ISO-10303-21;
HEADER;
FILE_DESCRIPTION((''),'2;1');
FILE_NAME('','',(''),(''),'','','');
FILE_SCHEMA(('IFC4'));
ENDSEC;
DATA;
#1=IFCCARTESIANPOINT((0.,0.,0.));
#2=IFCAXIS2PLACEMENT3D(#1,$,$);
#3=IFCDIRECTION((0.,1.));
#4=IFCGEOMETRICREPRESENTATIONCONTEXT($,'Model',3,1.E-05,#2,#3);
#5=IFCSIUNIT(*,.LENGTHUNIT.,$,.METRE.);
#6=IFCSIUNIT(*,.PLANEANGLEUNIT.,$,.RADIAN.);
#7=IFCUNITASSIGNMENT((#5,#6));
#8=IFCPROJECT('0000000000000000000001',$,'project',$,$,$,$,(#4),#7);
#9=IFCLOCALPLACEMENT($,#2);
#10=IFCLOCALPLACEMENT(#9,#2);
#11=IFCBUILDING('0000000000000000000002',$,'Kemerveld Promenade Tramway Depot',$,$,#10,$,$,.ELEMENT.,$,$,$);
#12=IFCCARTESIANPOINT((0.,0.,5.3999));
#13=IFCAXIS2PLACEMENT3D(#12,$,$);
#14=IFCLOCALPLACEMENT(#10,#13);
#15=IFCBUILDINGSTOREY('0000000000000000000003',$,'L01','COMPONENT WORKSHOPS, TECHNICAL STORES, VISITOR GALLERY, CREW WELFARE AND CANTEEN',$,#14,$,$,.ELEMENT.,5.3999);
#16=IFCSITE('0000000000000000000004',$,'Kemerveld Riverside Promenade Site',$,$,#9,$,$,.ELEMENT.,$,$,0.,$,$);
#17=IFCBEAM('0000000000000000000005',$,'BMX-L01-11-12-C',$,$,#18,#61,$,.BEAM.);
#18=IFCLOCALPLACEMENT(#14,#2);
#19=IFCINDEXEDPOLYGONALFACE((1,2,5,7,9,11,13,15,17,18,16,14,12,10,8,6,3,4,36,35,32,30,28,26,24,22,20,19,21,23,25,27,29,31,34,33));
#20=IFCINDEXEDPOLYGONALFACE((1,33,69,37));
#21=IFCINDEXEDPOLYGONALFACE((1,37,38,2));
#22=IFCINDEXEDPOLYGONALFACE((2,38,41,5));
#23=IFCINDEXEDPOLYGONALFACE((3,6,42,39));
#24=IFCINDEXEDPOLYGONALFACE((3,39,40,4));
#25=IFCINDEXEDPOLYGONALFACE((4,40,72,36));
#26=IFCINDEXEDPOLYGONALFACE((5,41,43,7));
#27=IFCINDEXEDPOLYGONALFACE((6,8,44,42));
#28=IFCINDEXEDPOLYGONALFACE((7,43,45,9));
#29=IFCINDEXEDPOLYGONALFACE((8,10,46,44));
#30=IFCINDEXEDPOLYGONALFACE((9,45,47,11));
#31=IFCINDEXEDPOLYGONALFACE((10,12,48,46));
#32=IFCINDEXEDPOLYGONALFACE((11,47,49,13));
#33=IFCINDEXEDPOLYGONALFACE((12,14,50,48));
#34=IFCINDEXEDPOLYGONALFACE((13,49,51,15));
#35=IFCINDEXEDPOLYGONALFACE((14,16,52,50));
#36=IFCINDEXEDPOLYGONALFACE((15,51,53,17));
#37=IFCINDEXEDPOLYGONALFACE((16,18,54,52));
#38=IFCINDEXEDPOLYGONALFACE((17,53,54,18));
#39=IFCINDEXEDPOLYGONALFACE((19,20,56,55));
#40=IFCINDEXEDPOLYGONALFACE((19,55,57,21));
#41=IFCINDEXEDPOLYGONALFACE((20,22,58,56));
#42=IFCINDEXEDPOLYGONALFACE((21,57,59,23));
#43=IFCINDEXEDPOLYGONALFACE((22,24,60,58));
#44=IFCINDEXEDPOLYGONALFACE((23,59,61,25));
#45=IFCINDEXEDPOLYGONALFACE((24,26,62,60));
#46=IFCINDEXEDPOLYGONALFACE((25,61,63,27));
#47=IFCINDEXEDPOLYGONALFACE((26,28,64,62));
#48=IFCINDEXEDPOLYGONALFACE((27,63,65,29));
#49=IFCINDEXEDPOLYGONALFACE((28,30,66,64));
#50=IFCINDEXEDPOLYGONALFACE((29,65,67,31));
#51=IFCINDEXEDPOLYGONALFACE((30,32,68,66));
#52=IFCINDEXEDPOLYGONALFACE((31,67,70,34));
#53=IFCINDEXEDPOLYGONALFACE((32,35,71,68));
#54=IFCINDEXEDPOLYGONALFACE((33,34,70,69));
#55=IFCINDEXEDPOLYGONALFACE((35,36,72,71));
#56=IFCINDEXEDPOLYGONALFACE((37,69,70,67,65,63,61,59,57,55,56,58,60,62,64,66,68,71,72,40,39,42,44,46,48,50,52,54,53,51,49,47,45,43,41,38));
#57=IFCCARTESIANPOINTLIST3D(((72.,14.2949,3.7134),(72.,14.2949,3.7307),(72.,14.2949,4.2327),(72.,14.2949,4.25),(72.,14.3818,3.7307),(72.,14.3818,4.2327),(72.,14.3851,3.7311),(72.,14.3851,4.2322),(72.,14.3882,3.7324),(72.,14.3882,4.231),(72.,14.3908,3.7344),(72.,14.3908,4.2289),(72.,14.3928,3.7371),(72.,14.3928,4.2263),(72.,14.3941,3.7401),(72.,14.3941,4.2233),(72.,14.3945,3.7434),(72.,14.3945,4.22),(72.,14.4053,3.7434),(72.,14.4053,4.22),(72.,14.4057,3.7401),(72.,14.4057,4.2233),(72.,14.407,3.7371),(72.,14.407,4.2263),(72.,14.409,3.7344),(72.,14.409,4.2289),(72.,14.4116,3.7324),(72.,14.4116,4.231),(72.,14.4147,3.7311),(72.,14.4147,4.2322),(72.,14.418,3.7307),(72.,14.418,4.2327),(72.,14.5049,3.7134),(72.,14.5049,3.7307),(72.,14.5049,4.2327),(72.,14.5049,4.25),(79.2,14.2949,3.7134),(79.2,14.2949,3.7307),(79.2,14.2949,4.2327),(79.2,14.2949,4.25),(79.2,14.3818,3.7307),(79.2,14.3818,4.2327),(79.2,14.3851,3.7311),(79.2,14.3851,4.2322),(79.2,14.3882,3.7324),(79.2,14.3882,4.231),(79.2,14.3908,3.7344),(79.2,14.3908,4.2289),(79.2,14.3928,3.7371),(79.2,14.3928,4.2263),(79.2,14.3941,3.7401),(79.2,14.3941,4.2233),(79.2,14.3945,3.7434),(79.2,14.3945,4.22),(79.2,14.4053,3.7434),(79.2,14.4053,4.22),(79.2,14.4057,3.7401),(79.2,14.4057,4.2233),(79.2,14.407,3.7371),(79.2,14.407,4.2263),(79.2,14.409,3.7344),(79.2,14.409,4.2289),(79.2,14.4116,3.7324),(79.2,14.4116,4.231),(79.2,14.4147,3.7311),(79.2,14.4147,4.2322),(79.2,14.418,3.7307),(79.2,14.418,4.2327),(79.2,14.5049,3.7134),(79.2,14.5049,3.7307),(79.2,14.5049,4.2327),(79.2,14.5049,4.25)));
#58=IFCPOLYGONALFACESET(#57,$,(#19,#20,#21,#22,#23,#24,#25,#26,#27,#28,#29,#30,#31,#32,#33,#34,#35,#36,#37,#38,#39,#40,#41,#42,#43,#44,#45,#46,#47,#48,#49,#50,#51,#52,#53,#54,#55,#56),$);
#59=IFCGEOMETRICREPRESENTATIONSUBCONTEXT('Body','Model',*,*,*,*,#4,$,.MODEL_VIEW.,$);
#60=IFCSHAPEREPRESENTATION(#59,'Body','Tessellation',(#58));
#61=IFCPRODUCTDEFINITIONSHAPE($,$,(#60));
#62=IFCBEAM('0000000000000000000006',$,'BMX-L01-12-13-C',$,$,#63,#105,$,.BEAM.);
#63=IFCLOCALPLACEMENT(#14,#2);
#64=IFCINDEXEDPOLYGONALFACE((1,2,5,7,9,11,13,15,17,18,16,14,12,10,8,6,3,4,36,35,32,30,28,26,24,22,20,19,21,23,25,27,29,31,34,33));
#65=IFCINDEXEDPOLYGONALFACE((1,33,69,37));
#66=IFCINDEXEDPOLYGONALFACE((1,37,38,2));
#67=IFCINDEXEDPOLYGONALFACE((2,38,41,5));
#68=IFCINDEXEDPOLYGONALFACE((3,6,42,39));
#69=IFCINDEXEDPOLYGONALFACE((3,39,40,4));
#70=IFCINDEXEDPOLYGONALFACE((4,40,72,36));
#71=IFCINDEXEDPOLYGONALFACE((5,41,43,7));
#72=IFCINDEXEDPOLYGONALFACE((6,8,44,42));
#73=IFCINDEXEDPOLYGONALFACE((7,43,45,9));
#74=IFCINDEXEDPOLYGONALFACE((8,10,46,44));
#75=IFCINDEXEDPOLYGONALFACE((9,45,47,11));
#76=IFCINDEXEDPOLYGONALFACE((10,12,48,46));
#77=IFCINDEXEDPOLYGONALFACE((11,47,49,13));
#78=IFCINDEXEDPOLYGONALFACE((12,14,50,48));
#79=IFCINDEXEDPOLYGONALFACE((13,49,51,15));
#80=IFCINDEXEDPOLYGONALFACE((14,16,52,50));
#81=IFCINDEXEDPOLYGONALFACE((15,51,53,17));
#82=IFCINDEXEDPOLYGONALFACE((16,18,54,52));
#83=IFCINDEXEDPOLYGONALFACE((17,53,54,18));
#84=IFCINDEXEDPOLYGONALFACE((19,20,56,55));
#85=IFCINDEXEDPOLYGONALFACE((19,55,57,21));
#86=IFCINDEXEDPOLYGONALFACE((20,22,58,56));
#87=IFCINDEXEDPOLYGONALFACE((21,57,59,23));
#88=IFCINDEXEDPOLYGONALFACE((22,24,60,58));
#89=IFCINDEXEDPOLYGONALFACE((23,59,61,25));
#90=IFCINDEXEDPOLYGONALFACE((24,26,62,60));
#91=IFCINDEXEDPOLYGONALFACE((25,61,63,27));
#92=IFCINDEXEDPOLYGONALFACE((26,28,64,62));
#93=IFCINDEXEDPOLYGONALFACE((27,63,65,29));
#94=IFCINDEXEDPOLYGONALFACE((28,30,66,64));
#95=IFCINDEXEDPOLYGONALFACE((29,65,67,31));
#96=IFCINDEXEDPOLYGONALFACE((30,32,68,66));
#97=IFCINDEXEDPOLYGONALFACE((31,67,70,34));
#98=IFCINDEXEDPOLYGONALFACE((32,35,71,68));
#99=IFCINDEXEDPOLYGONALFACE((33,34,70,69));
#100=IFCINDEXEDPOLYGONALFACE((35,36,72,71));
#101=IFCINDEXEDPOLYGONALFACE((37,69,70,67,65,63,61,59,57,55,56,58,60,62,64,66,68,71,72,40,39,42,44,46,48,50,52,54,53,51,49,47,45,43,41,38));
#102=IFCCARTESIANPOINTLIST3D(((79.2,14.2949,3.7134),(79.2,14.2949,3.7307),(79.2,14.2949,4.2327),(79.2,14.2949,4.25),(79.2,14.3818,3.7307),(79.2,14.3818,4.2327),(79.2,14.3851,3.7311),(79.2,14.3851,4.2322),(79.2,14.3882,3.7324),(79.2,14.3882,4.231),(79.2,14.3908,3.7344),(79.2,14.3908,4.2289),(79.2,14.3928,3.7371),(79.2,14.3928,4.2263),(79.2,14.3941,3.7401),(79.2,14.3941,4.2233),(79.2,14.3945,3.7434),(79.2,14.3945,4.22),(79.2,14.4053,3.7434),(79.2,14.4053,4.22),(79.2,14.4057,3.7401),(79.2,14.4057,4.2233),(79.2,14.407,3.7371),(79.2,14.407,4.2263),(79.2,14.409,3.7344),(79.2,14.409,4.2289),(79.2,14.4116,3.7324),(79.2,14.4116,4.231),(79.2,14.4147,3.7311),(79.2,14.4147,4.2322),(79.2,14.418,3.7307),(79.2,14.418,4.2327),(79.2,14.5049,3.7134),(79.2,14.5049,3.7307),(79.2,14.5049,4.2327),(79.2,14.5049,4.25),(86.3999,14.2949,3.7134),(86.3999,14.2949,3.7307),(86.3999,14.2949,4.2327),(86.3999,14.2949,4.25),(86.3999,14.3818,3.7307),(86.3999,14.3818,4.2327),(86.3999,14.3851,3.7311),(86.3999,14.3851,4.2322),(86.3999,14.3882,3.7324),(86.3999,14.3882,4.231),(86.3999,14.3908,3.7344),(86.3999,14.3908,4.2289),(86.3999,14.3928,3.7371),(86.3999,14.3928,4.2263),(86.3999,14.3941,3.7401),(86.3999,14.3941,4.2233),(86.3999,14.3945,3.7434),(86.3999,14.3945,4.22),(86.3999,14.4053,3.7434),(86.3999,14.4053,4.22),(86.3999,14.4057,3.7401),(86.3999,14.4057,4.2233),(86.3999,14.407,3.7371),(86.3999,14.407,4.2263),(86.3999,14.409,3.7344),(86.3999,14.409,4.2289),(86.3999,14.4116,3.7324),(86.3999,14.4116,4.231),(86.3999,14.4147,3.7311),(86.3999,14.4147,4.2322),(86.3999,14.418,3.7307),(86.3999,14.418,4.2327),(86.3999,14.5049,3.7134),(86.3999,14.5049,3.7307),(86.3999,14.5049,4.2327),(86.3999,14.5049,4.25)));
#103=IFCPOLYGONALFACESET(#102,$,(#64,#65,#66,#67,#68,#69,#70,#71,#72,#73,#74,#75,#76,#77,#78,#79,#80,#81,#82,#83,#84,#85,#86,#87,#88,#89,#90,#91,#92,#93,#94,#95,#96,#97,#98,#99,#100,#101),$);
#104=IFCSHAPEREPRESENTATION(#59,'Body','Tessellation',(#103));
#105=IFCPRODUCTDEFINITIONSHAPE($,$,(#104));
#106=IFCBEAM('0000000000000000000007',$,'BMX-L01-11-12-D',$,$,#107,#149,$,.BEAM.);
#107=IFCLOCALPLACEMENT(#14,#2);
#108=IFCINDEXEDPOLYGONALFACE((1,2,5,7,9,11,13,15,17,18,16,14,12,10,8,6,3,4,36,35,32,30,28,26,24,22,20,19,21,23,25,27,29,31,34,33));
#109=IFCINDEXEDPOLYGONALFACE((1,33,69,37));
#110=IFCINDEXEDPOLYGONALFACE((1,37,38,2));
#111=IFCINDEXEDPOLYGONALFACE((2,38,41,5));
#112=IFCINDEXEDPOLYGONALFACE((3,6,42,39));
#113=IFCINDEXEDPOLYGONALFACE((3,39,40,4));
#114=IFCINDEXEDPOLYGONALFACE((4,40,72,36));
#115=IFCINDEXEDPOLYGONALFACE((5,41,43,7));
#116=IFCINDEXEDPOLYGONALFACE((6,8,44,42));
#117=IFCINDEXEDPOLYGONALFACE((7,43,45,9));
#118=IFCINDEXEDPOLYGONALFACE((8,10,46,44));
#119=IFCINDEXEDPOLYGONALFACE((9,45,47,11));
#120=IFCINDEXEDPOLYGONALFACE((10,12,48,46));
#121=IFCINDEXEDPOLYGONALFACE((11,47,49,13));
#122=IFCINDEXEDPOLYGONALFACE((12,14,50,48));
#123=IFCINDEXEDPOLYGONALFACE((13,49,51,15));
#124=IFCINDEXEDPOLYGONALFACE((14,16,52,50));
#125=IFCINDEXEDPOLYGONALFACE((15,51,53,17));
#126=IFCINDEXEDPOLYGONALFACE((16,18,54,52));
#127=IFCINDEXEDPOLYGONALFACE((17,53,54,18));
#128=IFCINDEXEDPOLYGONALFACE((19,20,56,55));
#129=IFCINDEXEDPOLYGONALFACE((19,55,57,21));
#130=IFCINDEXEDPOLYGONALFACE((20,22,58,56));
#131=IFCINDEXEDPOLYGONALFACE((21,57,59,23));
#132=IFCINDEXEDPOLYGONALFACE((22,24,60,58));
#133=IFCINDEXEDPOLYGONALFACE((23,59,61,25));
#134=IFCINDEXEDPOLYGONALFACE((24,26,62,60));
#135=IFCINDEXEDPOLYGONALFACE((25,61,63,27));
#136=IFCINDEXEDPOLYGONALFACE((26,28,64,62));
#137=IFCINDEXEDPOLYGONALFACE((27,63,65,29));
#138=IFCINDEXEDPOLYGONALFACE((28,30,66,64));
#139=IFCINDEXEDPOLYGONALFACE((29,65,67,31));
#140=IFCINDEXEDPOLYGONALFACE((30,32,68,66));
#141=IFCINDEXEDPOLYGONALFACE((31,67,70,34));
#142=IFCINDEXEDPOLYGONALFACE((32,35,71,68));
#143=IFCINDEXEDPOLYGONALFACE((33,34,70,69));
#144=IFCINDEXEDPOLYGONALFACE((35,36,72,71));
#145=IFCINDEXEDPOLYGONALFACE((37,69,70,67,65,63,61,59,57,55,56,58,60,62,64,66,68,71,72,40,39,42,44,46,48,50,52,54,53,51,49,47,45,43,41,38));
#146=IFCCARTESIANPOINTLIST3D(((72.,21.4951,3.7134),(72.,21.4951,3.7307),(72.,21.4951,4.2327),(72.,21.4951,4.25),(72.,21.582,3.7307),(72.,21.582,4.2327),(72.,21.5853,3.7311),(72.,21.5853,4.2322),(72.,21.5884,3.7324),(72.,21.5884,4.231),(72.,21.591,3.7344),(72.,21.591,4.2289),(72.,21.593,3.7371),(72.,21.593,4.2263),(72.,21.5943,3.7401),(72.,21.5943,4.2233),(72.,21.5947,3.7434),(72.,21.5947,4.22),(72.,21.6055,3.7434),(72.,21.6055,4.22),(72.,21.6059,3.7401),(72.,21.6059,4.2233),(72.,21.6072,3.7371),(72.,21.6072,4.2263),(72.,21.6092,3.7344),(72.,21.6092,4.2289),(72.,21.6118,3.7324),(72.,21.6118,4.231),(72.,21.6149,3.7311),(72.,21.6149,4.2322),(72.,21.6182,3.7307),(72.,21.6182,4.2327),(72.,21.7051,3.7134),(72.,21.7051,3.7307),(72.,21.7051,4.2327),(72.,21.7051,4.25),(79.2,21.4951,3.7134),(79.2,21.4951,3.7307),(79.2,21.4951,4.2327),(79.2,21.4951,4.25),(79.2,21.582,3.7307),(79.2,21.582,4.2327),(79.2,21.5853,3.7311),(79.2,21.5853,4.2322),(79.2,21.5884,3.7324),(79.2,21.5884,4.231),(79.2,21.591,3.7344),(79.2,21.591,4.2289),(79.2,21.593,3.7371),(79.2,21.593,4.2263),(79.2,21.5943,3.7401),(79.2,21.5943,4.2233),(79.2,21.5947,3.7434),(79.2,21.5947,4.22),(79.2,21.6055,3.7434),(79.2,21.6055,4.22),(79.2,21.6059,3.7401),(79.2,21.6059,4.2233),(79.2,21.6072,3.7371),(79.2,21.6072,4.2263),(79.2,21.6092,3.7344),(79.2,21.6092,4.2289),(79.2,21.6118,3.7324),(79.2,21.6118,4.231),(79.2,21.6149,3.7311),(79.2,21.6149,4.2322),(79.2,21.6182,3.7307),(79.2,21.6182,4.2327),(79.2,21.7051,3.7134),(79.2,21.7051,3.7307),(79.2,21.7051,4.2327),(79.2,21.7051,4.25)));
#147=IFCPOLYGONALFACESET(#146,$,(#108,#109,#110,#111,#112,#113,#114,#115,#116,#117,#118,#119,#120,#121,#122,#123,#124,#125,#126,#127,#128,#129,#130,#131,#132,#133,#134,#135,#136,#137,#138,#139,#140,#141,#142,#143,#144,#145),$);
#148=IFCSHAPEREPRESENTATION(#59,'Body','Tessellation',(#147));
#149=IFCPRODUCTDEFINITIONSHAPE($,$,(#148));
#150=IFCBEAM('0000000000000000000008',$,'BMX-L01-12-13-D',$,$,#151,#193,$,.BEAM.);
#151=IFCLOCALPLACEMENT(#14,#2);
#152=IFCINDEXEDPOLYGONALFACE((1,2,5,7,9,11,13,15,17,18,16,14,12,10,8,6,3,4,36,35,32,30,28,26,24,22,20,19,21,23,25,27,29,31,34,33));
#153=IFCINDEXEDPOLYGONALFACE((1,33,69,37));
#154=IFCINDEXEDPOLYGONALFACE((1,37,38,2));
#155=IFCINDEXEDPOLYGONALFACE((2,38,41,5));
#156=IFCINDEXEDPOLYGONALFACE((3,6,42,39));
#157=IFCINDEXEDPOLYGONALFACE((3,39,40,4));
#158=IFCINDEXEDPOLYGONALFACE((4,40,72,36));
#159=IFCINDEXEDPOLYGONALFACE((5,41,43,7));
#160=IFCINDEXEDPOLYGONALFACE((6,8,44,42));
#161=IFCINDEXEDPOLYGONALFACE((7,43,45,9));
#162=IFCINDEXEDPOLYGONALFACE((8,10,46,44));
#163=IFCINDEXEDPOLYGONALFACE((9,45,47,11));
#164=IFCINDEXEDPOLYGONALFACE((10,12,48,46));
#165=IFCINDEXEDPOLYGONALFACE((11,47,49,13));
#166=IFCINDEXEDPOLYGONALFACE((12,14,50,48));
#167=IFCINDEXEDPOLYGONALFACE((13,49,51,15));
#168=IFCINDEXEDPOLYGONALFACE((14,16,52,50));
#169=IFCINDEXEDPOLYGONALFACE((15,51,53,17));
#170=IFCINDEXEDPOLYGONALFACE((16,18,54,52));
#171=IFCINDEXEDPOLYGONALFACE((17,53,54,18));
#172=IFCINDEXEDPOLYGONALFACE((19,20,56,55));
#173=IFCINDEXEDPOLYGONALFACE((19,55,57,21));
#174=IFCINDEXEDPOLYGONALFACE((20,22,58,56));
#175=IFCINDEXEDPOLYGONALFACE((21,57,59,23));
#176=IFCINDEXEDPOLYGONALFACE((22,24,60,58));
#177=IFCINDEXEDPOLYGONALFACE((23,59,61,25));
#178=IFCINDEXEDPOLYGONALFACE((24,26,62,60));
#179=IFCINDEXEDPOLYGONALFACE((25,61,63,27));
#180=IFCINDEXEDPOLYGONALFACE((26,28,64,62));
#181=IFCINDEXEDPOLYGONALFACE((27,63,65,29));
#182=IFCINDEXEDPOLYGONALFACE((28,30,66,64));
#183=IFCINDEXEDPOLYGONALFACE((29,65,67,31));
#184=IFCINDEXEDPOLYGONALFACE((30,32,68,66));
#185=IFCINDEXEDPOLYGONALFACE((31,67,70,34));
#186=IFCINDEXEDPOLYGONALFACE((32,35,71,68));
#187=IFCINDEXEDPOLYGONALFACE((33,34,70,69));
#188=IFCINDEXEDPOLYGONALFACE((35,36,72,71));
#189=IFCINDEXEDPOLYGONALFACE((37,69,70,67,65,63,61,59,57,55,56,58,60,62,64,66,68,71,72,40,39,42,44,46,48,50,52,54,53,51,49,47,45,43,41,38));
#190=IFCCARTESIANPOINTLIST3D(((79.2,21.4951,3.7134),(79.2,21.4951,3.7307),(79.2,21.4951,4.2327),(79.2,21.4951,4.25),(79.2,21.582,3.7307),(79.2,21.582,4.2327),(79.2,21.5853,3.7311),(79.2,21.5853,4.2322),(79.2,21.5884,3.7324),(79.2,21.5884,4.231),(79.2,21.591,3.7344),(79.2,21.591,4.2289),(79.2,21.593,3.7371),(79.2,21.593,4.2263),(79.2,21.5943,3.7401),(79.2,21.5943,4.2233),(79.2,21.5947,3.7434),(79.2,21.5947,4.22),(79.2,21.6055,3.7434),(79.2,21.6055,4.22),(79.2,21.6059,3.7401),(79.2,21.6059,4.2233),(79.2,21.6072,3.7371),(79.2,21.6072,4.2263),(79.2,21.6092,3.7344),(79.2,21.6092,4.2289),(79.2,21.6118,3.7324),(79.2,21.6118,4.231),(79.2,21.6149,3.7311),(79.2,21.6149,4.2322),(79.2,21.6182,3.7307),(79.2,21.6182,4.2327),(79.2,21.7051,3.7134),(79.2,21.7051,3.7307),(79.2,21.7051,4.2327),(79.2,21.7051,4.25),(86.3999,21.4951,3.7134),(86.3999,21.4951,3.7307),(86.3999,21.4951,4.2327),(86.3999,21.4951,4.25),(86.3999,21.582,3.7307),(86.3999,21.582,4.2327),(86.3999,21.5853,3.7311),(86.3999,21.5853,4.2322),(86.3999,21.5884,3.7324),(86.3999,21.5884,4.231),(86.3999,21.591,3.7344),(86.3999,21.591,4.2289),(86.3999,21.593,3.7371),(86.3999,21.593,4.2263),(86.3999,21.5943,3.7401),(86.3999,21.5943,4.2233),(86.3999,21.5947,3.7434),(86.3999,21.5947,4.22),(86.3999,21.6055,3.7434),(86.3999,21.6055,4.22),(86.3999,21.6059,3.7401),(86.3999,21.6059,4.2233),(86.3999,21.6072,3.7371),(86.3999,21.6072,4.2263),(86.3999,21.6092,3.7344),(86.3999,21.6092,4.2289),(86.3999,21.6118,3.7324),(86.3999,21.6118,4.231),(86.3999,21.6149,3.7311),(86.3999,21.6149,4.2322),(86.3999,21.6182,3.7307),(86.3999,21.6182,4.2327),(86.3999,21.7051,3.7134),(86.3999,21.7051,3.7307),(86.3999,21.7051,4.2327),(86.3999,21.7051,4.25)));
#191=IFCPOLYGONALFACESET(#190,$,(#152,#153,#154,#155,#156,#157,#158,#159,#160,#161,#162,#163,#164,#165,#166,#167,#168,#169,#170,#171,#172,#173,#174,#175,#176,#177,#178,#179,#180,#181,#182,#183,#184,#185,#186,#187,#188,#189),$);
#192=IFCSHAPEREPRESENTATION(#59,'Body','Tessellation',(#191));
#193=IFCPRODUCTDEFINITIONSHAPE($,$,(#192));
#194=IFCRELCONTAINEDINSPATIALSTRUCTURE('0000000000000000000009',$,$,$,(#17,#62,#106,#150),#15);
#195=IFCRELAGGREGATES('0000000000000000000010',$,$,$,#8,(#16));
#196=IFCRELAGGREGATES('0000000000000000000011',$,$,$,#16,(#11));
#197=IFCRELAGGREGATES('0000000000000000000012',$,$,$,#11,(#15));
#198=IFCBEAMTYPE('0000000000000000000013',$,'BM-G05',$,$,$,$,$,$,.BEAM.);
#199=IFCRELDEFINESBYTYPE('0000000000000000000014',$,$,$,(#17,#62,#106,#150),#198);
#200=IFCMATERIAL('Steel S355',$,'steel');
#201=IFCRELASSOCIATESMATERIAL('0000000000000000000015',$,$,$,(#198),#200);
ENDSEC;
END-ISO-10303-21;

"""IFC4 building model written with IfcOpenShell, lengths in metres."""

from ifc_helpers import new_model, si_unit, direction, frame, origin, origin_2d, place, context, subcontext, project, spatial, i_section, extrude, material, material_profile, profile_set, type_object, element, save


model = new_model("IFC4")

# Units and contexts
model_context = context("Model", 3, precision=1e-05, world=origin(), true_north=direction((0.0, 1.0)))
body_context = subcontext(model_context, "Body", "Model", "MODEL_VIEW")
ifc_project = project(units=[si_unit("LENGTHUNIT", "METRE"), si_unit("PLANEANGLEUNIT", "RADIAN")], contexts=[model_context])

# Site, building, storey
site_placement = place(None, origin())
site = spatial("IfcSite", under=ifc_project, at=site_placement, Name="Kemerveld Riverside Promenade Site", CompositionType="ELEMENT", RefElevation=0.0)
building_placement = place(site_placement, origin())
building = spatial("IfcBuilding", under=site, at=building_placement, Name="Kemerveld Promenade Tramway Depot", CompositionType="ELEMENT")
storey_placement = place(building_placement, frame((0.0, 0.0, 5.3999)))
storey = spatial("IfcBuildingStorey", under=building, at=storey_placement, Name="L01", Description="COMPONENT WORKSHOPS, TECHNICAL STORES, VISITOR GALLERY, CREW WELFARE AND CANTEEN", CompositionType="ELEMENT", Elevation=5.3999)

# Shared definitions
ifc_material_1 = material(Name="Steel S355", Category="steel")

# Beams
ifc_material_profile_1 = material_profile(ifc_material_1, i_section(OverallWidth=0.21, OverallDepth=0.5366, WebThickness=0.0107, FlangeThickness=0.0173, FilletRadius=0.0127, at=origin_2d()), Name="533x210x101 UB")
ifc_profile_set_1 = profile_set([ifc_material_profile_1], Name="Steel S355")
beam_type_1 = type_object("IfcBeamType", Name="BM-G05", PredefinedType="BEAM", material=ifc_profile_set_1)
for number, where, z_axis, x_axis, name in (
    (1, (72.0, 14.3999, 3.9817), (1.0, 0.0, 0.0), (0.0, 1.0, 0.0), "BMX-L01-11-12-C"),
    (2, (79.2, 14.3999, 3.9817), (1.0, 0.0, 0.0), (0.0, 1.0, 0.0), "BMX-L01-12-13-C"),
    (3, (72.0, 21.6001, 3.9817), (1.0, 0.0, 0.0), (0.0, 1.0, 0.0), "BMX-L01-11-12-D"),
    (4, (79.2, 21.6001, 3.9817), (1.0, 0.0, 0.0), (0.0, 1.0, 0.0), "BMX-L01-12-13-D"),
):
    element("IfcBeam", number, at=place(storey_placement, frame(where, z_axis=z_axis, x_axis=x_axis)), inside=storey, type_object=beam_type_1, Name=name, PredefinedType="BEAM", context=body_context, shape_type="SweptSolid", body=[
        extrude(i_section(OverallWidth=0.21, OverallDepth=0.5366, WebThickness=0.0107, FlangeThickness=0.0173, FilletRadius=0.0127, at=origin_2d()), origin(), (0.0, 0.0, 1.0), 7.2),
    ])

save(model, "model.ifc")
